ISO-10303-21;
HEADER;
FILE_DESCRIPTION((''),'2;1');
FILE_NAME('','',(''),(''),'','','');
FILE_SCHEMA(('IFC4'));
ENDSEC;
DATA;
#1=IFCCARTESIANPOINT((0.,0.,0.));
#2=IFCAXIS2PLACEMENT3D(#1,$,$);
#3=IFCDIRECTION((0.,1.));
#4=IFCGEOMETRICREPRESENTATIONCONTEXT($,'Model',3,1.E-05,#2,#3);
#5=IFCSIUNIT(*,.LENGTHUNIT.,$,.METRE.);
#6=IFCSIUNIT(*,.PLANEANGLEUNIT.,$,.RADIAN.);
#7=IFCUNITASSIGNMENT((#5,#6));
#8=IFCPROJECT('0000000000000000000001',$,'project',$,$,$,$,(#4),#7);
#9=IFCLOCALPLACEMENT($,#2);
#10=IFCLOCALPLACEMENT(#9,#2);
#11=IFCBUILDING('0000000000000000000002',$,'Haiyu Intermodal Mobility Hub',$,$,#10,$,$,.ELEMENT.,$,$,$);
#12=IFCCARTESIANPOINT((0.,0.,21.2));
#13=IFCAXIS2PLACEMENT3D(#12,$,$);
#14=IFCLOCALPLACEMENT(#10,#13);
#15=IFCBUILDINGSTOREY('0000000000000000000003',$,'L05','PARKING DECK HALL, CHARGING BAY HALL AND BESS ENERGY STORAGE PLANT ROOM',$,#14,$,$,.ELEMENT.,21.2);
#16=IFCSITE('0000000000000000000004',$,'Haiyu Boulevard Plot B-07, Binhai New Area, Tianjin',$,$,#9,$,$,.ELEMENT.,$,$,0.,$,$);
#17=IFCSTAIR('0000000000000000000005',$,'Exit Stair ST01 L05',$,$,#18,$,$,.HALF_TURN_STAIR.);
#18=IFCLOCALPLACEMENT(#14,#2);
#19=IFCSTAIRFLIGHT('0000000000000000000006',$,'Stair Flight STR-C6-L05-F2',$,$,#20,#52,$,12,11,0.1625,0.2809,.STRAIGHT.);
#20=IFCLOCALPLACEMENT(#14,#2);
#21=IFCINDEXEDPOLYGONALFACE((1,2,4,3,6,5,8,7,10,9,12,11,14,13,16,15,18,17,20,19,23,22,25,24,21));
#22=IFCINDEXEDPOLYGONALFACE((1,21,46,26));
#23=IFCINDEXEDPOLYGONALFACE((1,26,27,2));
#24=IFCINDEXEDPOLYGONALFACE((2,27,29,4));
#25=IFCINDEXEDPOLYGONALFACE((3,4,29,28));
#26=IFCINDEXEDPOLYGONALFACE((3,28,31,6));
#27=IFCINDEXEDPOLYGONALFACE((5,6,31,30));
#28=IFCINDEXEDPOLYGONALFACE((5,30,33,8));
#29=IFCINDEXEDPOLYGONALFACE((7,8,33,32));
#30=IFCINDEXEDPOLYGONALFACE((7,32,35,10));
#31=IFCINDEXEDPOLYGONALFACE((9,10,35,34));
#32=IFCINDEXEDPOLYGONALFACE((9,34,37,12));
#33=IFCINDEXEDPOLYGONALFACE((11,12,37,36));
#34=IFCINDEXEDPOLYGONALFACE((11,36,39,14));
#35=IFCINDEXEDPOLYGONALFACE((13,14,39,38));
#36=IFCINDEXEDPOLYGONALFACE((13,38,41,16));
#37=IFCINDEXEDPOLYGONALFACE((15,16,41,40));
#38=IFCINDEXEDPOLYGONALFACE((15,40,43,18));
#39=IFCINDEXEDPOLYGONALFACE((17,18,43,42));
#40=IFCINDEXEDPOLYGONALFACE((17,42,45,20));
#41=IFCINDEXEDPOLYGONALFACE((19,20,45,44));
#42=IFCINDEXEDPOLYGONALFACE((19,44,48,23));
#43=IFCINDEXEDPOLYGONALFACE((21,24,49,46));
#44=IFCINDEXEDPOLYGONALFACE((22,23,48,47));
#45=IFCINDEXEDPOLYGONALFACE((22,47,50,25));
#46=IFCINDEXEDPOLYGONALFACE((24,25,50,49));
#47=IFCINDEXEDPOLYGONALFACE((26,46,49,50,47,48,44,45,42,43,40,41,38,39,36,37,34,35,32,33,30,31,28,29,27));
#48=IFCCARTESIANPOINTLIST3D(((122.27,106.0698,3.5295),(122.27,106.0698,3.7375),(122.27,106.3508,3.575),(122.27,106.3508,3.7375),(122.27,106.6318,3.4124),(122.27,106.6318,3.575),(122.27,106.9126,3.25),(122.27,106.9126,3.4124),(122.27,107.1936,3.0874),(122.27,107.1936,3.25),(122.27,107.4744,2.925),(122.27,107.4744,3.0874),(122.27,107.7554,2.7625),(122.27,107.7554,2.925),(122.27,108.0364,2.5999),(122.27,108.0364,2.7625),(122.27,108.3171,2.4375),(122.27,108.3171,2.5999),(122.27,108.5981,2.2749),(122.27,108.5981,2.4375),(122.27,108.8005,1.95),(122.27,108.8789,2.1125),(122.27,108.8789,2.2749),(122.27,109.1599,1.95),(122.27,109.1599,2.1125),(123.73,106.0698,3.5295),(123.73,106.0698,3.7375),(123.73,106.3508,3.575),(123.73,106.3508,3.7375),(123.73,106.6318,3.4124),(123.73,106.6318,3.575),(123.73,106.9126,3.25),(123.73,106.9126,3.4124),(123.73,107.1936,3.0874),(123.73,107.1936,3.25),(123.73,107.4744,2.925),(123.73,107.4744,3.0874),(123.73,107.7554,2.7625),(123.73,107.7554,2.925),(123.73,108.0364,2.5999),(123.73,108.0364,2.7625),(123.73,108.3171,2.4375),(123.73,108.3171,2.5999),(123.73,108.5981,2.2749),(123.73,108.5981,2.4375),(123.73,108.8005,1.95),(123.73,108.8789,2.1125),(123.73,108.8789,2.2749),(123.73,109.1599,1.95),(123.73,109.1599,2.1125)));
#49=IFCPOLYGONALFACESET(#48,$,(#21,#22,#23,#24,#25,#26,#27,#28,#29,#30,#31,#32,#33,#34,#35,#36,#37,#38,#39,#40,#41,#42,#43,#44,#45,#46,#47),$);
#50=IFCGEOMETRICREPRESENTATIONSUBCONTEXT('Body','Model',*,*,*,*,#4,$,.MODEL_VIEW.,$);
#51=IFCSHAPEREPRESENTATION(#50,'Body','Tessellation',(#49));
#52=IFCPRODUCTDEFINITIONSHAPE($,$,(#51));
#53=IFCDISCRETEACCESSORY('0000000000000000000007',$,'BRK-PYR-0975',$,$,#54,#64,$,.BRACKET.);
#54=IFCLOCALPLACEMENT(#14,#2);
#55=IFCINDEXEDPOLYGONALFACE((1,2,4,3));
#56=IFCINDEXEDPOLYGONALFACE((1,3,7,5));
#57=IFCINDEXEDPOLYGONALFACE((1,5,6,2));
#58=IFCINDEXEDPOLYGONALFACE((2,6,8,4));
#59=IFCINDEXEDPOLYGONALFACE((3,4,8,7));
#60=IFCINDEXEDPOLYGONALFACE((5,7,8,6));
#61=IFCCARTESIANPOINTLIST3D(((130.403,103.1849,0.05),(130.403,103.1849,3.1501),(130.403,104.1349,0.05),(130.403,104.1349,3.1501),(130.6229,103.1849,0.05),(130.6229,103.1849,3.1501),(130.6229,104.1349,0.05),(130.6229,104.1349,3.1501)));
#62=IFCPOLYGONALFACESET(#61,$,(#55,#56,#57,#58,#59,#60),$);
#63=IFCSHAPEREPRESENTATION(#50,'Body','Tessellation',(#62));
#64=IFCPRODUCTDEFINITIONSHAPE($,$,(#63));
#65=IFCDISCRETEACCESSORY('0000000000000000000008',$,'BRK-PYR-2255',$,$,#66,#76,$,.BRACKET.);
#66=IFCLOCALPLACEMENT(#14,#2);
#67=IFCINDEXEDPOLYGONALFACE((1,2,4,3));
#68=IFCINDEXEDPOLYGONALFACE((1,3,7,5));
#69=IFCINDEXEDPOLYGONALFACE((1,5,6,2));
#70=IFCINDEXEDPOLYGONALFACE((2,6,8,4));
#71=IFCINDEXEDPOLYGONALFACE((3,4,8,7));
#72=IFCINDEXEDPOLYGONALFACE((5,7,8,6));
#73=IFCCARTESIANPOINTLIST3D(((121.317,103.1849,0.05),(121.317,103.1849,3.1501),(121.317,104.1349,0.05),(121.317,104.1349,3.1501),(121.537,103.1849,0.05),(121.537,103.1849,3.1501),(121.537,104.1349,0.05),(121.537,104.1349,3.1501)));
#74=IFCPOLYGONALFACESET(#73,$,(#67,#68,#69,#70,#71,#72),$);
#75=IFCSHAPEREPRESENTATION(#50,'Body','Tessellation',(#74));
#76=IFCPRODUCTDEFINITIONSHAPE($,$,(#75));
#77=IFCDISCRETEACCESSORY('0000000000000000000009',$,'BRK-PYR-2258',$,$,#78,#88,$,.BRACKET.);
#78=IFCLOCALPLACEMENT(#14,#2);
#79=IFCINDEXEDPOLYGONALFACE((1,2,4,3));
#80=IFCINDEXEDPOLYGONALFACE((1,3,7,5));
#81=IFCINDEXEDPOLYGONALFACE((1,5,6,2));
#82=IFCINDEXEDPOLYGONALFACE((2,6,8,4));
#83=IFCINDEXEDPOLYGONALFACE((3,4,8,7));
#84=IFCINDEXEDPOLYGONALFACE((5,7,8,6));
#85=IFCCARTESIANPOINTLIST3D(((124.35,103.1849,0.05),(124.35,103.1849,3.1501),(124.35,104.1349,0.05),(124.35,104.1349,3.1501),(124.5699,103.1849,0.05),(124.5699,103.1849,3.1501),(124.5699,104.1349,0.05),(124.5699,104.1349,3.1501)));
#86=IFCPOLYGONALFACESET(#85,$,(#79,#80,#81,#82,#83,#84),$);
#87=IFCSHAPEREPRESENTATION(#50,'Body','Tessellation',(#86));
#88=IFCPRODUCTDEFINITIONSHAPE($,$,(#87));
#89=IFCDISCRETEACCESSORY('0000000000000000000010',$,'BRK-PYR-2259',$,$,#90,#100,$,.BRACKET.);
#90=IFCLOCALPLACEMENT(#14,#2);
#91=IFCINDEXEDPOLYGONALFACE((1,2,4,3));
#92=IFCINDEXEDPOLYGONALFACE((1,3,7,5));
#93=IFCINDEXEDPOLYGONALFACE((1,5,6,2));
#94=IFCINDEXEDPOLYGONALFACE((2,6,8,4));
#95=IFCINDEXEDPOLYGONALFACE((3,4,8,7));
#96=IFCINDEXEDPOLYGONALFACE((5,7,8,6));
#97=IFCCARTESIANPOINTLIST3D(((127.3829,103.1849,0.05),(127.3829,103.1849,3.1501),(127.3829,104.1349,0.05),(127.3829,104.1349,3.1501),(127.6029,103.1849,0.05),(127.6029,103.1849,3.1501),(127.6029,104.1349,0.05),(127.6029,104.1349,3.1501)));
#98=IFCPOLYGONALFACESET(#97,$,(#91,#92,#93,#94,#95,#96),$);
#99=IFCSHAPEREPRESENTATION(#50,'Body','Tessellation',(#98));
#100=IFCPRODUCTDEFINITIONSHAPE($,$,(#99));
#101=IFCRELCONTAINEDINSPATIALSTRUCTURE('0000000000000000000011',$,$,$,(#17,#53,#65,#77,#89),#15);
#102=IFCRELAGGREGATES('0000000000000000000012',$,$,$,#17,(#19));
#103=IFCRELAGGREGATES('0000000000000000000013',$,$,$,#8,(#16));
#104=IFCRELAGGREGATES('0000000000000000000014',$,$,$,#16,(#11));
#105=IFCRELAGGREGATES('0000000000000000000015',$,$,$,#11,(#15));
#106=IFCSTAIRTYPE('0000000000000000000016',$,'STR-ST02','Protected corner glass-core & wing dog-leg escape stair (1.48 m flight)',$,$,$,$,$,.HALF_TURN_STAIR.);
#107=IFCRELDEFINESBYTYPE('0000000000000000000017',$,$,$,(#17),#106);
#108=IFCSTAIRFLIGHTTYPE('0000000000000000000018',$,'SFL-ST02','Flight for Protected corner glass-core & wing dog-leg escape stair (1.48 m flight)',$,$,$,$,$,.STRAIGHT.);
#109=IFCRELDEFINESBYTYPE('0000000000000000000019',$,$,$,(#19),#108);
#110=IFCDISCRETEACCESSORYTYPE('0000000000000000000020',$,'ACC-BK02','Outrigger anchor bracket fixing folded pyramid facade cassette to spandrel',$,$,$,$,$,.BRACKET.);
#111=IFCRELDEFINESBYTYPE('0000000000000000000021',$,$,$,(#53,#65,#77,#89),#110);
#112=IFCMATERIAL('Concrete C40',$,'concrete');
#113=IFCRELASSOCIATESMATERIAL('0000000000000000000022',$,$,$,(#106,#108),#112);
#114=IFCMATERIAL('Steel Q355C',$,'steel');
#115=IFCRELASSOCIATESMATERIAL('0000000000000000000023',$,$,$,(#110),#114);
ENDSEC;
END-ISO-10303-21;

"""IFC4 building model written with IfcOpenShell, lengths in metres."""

from ifc_helpers import new_model, si_unit, direction, frame, origin, origin_2d, place, context, subcontext, project, spatial, polyline, rectangle, outline, extrude, material, type_object, element, aggregate, save


model = new_model("IFC4")

# Units and contexts
model_context = context("Model", 3, precision=1e-05, world=origin(), true_north=direction((0.0, 1.0)))
body_context = subcontext(model_context, "Body", "Model", "MODEL_VIEW")
ifc_project = project(units=[si_unit("LENGTHUNIT", "METRE"), si_unit("PLANEANGLEUNIT", "RADIAN")], contexts=[model_context])

# Site, building, storey
site_placement = place(None, origin())
site = spatial("IfcSite", under=ifc_project, at=site_placement, Name="Haiyu Boulevard Plot B-07, Binhai New Area, Tianjin", CompositionType="ELEMENT", RefElevation=0.0)
building_placement = place(site_placement, origin())
building = spatial("IfcBuilding", under=site, at=building_placement, Name="Haiyu Intermodal Mobility Hub", CompositionType="ELEMENT")
storey_placement = place(building_placement, frame((0.0, 0.0, 21.2)))
storey = spatial("IfcBuildingStorey", under=building, at=storey_placement, Name="L05", Description="PARKING DECK HALL, CHARGING BAY HALL AND BESS ENERGY STORAGE PLANT ROOM", CompositionType="ELEMENT", Elevation=21.2)

# Shared definitions
ifc_material_1 = material(Name="Concrete C40", Category="concrete")

# Shared definitions
ifc_material_2 = material(Name="Steel Q355C", Category="steel")

# Stair, stair flight
stair_type = type_object("IfcStairType", Name="STR-ST02", Description="Protected corner glass-core & wing dog-leg escape stair (1.48 m flight)", PredefinedType="HALF_TURN_STAIR", material=ifc_material_1)
stair_placement = place(storey_placement, origin())
stair = element("IfcStair", 1, at=stair_placement, inside=storey, type_object=stair_type, Name="Exit Stair ST01 L05", PredefinedType="HALF_TURN_STAIR")
stair_flight_type = type_object("IfcStairFlightType", Name="SFL-ST02", Description="Flight for Protected corner glass-core & wing dog-leg escape stair (1.48 m flight)", PredefinedType="STRAIGHT", material=ifc_material_1)
stair_flight_1_placement = place(storey_placement, frame((123.0, 109.1599, 1.95), z_axis=(0.0, 0.0, 1.0), x_axis=(0.0, -1.0, 0.0)))
stair_flight_1 = element("IfcStairFlight", 2, at=stair_flight_1_placement, type_object=stair_flight_type, Name="Stair Flight STR-C6-L05-F2", NumberOfRisers=12, NumberOfTreads=11, PredefinedType="STRAIGHT", RiserHeight=0.1625, TreadLength=0.2809, context=body_context, shape_type="SweptSolid", body=[
    extrude(outline(polyline([(0.0, 0.0), (0.0, 0.1626), (0.281, 0.1626), (0.281, 0.325), (0.5618, 0.325), (0.5618, 0.4875), (0.8428, 0.4875), (0.8428, 0.6499), (1.1235, 0.6499), (1.1235, 0.8125), (1.4045, 0.8125), (1.4045, 0.9751), (1.6855, 0.9751), (1.6855, 1.1375), (1.9663, 1.1375), (1.9663, 1.3), (2.2473, 1.3), (2.2473, 1.4624), (2.5281, 1.4624), (2.5281, 1.625), (2.8091, 1.625), (2.8091, 1.7876), (3.0901, 1.7876), (3.0901, 1.95), (3.0901, 1.5796), (0.3594, 0.0), (0.0, 0.0)])), frame((0.0, 0.73, 0.0), z_axis=(0.0, -1.0, 0.0), x_axis=(1.0, 0.0, 0.0)), (0.0, 0.0, 1.0), 1.46),
])
aggregate(stair, [stair_flight_1])

# Discrete accessories
discrete_accessory_type = type_object("IfcDiscreteAccessoryType", Name="ACC-BK02", Description="Outrigger anchor bracket fixing folded pyramid facade cassette to spandrel", PredefinedType="BRACKET", material=ifc_material_2)
for number, where, z_axis, x_axis, name in (
    (3, (130.5129, 103.6599, 0.05), (0.0, 0.0, 1.0), (1.0, 0.0, 0.0), "BRK-PYR-0975"),
    (4, (121.427, 103.6599, 0.05), (0.0, 0.0, 1.0), (1.0, 0.0, 0.0), "BRK-PYR-2255"),
    (5, (124.46, 103.6599, 0.05), (0.0, 0.0, 1.0), (1.0, 0.0, 0.0), "BRK-PYR-2258"),
    (6, (127.4929, 103.6599, 0.05), (0.0, 0.0, 1.0), (1.0, 0.0, 0.0), "BRK-PYR-2259"),
):
    element("IfcDiscreteAccessory", number, at=place(storey_placement, frame(where, z_axis=z_axis, x_axis=x_axis)), inside=storey, type_object=discrete_accessory_type, Name=name, PredefinedType="BRACKET", context=body_context, shape_type="SweptSolid", body=[
        extrude(rectangle(XDim=0.22, YDim=0.95, at=origin_2d()), origin(), (0.0, 0.0, 1.0), 3.1001),
    ])

save(model, "model.ifc")
